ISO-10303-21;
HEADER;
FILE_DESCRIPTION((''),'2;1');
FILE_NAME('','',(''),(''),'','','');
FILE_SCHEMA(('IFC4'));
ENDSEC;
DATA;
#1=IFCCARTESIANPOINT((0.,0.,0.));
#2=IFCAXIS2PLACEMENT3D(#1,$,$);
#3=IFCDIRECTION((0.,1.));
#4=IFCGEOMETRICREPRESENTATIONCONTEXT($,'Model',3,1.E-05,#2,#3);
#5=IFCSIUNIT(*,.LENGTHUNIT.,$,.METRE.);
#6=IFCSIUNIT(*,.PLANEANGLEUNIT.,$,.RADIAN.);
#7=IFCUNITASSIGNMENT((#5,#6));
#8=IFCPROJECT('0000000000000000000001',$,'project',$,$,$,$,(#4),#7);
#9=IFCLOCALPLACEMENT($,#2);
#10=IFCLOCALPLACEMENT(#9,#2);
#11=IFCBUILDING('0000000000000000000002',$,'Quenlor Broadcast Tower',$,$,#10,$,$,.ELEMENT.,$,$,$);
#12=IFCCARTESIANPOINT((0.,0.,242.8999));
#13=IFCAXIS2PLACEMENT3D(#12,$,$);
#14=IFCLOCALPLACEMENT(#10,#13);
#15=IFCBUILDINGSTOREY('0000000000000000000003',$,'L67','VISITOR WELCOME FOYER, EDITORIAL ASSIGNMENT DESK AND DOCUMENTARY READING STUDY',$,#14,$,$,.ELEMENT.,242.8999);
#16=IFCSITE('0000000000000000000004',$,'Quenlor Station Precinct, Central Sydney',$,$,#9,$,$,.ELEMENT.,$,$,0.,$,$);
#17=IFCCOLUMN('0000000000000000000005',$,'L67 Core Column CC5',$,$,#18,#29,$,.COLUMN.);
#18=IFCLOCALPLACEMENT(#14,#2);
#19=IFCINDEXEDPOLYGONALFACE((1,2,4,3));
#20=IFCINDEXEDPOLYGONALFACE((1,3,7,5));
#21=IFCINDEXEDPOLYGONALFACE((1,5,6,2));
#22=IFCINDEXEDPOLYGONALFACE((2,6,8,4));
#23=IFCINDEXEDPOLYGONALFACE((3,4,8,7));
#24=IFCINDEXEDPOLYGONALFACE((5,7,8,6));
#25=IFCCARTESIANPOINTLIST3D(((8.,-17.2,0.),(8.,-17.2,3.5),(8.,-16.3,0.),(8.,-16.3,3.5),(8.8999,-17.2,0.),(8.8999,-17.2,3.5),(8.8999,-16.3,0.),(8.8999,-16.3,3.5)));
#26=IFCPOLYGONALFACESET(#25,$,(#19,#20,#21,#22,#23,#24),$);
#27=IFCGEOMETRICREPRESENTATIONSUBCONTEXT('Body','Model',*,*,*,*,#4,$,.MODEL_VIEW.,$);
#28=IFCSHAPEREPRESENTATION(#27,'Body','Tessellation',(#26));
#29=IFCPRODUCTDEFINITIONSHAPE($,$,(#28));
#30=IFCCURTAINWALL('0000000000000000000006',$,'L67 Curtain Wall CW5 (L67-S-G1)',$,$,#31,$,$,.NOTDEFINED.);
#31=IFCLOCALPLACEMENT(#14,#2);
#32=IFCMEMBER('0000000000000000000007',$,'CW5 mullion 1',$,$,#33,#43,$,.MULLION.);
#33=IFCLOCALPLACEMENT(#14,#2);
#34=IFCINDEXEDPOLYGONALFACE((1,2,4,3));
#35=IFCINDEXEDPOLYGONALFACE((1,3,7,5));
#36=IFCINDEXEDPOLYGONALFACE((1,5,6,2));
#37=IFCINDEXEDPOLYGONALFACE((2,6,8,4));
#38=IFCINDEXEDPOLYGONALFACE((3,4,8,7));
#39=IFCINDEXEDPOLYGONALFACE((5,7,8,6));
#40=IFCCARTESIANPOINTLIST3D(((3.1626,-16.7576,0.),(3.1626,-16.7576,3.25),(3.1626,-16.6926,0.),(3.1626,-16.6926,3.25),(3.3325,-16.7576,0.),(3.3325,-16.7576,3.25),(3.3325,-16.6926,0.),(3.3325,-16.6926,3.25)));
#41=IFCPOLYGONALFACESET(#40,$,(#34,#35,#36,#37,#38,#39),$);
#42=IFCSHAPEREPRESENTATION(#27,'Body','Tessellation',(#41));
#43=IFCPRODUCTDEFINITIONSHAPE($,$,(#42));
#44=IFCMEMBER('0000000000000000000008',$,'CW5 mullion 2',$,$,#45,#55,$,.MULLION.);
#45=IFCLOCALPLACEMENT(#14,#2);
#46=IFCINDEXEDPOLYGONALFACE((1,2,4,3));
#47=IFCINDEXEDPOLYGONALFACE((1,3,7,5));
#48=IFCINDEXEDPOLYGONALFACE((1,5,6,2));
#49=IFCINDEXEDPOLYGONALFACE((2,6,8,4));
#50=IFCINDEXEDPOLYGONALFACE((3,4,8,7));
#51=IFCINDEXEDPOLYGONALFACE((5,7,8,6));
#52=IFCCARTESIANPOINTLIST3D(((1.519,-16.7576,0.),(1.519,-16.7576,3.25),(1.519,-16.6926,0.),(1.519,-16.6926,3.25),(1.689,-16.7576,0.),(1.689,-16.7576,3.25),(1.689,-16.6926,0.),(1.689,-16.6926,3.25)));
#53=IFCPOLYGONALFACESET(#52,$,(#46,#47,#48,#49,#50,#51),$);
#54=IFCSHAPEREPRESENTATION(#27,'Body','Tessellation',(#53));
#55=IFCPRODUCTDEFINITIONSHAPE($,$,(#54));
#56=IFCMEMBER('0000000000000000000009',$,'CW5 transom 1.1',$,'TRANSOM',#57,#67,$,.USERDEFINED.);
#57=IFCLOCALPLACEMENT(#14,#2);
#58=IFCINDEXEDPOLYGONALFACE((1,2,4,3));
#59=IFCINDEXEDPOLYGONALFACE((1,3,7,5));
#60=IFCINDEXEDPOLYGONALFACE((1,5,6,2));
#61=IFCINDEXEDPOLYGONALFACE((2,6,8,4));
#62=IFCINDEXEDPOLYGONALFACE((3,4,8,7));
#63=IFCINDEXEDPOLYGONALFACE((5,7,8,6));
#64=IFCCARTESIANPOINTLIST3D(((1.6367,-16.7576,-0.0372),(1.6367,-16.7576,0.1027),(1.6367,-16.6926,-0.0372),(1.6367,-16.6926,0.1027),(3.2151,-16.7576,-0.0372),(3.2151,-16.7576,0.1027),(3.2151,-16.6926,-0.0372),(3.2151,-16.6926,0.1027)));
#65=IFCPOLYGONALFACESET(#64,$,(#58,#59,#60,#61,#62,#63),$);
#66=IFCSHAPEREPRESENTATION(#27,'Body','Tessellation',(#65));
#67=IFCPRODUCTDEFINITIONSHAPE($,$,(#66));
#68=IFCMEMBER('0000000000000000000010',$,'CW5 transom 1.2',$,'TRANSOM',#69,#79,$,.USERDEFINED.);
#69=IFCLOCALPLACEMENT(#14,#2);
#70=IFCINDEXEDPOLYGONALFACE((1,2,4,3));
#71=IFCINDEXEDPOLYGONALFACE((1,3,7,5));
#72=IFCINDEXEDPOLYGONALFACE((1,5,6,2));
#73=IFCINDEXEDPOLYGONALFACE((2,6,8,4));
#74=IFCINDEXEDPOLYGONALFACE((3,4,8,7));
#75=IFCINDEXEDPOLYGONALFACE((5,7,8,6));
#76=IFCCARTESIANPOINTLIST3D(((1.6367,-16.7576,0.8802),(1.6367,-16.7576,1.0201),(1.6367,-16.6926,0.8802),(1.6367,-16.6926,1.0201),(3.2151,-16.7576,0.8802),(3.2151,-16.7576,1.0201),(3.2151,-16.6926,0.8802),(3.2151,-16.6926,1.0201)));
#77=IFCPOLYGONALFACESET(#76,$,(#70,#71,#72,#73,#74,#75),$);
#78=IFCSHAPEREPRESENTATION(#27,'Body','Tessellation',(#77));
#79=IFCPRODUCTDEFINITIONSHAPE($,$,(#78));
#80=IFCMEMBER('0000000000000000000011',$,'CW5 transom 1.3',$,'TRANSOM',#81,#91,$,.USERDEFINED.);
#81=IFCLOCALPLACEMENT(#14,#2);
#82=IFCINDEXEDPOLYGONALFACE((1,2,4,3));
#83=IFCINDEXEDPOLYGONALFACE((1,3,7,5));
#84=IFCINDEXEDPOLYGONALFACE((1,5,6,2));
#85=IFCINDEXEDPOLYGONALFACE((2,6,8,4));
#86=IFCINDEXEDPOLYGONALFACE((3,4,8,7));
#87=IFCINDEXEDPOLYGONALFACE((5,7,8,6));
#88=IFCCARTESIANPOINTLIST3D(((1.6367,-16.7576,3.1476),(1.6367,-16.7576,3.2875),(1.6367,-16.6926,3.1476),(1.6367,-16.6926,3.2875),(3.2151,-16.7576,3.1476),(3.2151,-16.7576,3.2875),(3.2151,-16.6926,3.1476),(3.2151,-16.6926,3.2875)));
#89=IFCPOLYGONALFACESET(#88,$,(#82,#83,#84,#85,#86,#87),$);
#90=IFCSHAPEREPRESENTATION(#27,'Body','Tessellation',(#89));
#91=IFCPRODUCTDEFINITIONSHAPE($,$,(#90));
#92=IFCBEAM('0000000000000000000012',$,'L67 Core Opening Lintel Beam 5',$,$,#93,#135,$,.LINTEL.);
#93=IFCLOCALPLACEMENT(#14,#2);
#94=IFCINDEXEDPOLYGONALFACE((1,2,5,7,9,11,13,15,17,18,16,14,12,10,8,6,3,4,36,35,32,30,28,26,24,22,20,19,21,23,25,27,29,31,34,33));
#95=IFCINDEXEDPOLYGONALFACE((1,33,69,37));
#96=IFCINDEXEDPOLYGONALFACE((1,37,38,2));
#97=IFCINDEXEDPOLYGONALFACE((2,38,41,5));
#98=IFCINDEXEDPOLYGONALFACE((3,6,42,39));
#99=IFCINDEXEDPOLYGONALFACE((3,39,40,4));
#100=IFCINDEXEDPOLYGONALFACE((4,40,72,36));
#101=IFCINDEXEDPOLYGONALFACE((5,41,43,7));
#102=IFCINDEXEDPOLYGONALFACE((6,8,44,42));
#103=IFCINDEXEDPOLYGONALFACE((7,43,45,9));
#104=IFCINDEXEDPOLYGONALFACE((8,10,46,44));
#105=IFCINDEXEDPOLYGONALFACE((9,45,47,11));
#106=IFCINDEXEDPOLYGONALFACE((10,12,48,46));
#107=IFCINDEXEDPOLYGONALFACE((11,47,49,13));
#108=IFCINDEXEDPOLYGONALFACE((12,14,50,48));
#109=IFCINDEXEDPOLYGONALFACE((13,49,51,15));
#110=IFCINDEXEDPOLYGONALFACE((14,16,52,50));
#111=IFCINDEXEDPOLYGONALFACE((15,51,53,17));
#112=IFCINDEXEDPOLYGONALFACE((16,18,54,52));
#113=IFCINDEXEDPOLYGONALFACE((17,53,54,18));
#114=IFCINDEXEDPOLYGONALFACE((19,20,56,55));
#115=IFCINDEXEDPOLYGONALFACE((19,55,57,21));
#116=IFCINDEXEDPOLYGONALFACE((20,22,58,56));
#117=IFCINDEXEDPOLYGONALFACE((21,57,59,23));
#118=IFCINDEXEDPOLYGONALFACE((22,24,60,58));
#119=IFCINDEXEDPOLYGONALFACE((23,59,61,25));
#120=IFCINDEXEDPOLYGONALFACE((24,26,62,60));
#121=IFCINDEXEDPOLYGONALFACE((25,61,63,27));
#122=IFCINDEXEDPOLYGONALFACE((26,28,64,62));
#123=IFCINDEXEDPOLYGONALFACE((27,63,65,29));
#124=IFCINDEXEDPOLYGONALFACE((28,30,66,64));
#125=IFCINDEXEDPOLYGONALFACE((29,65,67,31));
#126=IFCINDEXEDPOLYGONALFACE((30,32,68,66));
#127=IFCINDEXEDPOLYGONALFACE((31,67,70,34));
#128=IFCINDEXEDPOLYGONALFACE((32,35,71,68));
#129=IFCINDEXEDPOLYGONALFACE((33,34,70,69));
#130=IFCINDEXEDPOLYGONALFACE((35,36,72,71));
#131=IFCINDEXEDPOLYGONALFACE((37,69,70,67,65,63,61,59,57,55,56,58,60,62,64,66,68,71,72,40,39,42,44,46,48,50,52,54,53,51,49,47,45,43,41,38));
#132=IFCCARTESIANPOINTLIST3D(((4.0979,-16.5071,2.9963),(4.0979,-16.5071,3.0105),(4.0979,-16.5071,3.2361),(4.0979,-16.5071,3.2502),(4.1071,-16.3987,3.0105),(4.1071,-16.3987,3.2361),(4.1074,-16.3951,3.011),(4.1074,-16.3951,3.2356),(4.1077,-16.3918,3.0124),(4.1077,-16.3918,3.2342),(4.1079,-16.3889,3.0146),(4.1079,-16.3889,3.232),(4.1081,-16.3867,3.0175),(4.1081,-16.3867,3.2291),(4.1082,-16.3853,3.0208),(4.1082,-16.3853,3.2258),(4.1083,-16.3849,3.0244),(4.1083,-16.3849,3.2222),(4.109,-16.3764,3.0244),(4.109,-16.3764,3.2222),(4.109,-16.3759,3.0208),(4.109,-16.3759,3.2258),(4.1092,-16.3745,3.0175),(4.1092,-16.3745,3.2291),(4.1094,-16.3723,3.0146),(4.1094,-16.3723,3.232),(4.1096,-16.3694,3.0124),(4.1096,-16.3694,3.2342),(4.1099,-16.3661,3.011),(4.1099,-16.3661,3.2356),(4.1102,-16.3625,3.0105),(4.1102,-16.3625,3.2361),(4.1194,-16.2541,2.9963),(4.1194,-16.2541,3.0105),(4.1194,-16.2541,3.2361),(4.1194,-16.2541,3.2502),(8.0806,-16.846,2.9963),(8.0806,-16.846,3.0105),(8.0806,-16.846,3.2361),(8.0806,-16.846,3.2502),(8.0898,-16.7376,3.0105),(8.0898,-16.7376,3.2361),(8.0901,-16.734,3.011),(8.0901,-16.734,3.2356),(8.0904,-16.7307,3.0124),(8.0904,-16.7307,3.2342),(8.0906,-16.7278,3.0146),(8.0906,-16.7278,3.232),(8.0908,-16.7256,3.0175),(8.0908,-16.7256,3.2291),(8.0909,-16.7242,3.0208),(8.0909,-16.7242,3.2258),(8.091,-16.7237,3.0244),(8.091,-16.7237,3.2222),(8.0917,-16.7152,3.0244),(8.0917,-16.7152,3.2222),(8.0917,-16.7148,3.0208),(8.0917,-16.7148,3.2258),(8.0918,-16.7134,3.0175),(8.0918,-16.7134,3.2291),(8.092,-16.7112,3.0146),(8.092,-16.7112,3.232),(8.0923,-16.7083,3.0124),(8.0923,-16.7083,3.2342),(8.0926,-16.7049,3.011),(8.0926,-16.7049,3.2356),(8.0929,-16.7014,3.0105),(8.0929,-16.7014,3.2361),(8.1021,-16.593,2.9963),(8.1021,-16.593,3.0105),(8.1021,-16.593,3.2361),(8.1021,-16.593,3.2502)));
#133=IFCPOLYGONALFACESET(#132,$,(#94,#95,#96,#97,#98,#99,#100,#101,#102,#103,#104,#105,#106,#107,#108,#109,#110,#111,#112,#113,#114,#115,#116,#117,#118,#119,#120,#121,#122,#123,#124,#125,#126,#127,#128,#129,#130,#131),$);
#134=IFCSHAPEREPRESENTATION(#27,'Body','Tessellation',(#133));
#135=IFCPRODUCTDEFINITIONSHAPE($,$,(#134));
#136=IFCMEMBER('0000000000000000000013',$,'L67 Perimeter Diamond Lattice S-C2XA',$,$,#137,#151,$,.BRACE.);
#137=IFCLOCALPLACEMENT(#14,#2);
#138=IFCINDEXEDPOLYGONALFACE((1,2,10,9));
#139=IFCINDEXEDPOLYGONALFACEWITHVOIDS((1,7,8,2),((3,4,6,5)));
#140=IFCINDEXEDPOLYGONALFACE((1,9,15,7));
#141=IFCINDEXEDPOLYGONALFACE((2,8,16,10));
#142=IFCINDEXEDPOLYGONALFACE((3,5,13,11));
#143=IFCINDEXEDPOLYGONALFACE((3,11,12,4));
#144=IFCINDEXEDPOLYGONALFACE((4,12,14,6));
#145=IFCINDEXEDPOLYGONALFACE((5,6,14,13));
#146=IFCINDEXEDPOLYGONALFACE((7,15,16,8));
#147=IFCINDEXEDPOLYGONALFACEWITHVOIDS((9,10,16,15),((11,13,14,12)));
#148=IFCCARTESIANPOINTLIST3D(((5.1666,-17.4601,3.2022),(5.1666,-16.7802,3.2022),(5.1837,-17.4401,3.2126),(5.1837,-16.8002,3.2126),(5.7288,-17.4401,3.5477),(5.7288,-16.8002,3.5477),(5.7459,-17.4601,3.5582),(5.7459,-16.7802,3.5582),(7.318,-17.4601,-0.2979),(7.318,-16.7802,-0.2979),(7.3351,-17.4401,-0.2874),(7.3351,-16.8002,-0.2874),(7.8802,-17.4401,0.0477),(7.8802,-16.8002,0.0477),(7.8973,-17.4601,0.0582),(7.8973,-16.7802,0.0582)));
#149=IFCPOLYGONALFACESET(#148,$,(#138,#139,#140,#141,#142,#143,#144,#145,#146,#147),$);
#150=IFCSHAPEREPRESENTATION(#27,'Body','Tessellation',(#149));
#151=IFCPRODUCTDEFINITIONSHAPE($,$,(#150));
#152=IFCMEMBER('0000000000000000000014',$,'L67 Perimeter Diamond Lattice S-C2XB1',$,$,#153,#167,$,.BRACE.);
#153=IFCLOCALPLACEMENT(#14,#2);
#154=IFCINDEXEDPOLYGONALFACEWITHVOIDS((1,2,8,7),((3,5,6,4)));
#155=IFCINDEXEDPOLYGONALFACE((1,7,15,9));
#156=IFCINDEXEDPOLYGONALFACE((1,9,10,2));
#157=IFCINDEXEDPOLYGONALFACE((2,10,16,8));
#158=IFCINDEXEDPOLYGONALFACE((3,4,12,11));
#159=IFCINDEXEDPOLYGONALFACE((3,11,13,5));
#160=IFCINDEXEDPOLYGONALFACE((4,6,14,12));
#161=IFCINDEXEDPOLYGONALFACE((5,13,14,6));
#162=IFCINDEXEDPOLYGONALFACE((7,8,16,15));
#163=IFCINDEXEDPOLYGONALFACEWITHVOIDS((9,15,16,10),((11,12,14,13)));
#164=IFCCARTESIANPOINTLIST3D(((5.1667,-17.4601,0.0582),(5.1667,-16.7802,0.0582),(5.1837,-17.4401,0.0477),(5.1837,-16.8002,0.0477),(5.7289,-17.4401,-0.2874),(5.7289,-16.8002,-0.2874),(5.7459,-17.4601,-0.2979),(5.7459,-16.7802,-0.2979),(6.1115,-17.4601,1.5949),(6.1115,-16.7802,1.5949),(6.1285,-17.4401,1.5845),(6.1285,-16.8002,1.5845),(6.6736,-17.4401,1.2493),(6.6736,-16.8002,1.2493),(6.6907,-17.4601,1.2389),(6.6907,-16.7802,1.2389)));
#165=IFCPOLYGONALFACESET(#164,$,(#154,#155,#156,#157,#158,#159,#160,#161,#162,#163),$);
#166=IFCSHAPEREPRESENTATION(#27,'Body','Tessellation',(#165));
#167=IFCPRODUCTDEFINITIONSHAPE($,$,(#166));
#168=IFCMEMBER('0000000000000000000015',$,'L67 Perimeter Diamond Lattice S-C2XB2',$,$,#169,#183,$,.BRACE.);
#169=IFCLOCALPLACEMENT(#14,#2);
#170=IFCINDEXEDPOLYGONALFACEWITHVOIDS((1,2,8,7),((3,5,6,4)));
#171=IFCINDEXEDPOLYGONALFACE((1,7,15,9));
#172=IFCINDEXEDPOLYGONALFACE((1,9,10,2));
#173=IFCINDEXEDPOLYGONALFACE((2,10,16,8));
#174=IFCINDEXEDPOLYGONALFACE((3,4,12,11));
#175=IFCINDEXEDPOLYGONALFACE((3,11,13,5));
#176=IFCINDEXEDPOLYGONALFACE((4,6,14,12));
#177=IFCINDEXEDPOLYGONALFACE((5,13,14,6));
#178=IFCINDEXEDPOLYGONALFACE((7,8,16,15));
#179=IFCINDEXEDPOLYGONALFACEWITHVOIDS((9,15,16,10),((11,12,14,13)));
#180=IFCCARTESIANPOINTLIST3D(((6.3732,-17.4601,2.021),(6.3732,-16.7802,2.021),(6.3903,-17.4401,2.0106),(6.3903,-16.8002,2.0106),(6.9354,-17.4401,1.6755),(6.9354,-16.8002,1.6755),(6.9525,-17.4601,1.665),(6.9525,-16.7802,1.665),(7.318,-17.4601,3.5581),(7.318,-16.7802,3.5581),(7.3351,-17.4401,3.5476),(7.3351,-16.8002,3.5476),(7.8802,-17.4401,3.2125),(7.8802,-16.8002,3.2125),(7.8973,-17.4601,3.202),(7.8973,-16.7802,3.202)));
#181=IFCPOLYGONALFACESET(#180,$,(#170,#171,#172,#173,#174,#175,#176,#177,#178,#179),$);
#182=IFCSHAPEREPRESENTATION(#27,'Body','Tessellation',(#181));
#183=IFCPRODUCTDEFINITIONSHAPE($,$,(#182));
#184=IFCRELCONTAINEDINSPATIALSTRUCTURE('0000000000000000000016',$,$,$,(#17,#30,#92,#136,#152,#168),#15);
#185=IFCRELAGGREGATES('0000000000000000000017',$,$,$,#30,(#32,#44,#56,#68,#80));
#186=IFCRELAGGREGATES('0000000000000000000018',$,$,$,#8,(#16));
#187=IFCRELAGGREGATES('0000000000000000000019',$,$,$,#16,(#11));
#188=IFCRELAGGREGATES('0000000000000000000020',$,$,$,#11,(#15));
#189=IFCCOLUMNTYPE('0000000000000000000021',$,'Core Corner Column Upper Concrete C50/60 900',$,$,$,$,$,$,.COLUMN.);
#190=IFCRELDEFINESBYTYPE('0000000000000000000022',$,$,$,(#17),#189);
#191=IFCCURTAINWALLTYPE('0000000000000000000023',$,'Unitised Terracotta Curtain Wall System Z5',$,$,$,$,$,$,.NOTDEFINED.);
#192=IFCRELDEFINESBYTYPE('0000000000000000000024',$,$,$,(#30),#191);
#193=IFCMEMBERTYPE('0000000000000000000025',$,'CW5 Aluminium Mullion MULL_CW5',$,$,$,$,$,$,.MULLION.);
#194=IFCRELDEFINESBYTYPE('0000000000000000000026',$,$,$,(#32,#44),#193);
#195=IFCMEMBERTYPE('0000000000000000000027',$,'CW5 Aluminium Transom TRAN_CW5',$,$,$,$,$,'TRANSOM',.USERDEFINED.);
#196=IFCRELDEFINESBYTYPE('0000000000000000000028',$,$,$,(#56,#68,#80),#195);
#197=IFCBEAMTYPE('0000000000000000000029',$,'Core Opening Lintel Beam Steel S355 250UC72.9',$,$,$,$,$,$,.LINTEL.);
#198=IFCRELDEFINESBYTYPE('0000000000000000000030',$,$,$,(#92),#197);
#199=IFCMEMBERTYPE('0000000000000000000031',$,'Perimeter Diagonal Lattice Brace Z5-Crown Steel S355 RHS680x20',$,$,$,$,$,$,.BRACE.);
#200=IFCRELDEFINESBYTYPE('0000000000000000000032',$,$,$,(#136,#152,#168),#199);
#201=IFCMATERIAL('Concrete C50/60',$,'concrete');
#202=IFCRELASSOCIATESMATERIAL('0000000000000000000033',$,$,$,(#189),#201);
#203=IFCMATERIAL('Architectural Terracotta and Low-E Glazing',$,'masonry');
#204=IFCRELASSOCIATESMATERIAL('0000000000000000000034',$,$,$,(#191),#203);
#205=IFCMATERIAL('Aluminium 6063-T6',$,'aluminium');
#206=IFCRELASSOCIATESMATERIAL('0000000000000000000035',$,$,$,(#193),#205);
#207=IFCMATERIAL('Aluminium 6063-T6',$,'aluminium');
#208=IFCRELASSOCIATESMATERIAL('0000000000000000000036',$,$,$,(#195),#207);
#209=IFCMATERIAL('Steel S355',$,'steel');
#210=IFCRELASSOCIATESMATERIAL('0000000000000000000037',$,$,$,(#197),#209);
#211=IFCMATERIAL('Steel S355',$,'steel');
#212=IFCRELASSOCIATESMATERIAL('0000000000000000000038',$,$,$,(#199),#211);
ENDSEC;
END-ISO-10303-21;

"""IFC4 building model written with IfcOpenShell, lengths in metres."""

from ifc_helpers import new_model, si_unit, direction, frame, origin, origin_2d, place, context, subcontext, project, spatial, rectangle, hollow_rectangle, i_section, extrude, material, material_profile, profile_set, type_object, element, aggregate, save


model = new_model("IFC4")

# Units and contexts
model_context = context("Model", 3, precision=1e-05, world=origin(), true_north=direction((0.0, 1.0)))
body_context = subcontext(model_context, "Body", "Model", "MODEL_VIEW")
ifc_project = project(units=[si_unit("LENGTHUNIT", "METRE"), si_unit("PLANEANGLEUNIT", "RADIAN")], contexts=[model_context])

# Site, building, storey
site_placement = place(None, origin())
site = spatial("IfcSite", under=ifc_project, at=site_placement, Name="Quenlor Station Precinct, Central Sydney", CompositionType="ELEMENT", RefElevation=0.0)
building_placement = place(site_placement, origin())
building = spatial("IfcBuilding", under=site, at=building_placement, Name="Quenlor Broadcast Tower", CompositionType="ELEMENT")
storey_placement = place(building_placement, frame((0.0, 0.0, 242.8999)))
storey = spatial("IfcBuildingStorey", under=building, at=storey_placement, Name="L67", Description="VISITOR WELCOME FOYER, EDITORIAL ASSIGNMENT DESK AND DOCUMENTARY READING STUDY", CompositionType="ELEMENT", Elevation=242.8999)

# Column
ifc_material_1 = material(Name="Concrete C50/60", Category="concrete")
ifc_material_profile_1 = material_profile(ifc_material_1, rectangle(XDim=0.8999, YDim=0.8999, at=origin_2d()))
ifc_profile_set_1 = profile_set([ifc_material_profile_1], Name="Concrete C50/60 RC900x900")
column_type = type_object("IfcColumnType", Name="Core Corner Column Upper Concrete C50/60 900", PredefinedType="COLUMN", material=ifc_profile_set_1)
column_placement = place(storey_placement, frame((8.45, -16.75, 0.0), z_axis=(0.0, 0.0, 1.0), x_axis=(1.0, 0.0, 0.0)))
element("IfcColumn", 1, at=column_placement, inside=storey, type_object=column_type, Name="L67 Core Column CC5", PredefinedType="COLUMN", context=body_context, shape_type="SweptSolid", body=[
    extrude(rectangle(XDim=0.8999, YDim=0.8999, at=origin_2d()), origin(), (0.0, 0.0, 1.0), 3.5),
])

# Curtain wall, members
ifc_material_2 = material(Name="Architectural Terracotta and Low-E Glazing", Category="masonry")
curtain_wall_type = type_object("IfcCurtainWallType", Name="Unitised Terracotta Curtain Wall System Z5", PredefinedType="NOTDEFINED", material=ifc_material_2)
curtain_wall_placement = place(storey_placement, origin())
curtain_wall = element("IfcCurtainWall", 2, at=curtain_wall_placement, inside=storey, type_object=curtain_wall_type, Name="L67 Curtain Wall CW5 (L67-S-G1)", PredefinedType="NOTDEFINED")
ifc_material_3 = material(Name="Aluminium 6063-T6", Category="aluminium")
ifc_material_profile_2 = material_profile(ifc_material_3, rectangle(XDim=0.0649, YDim=0.1699, at=origin_2d()))
ifc_profile_set_2 = profile_set([ifc_material_profile_2], Name="Aluminium 6063-T6 MULL65x170")
member_type_1 = type_object("IfcMemberType", Name="CW5 Aluminium Mullion MULL_CW5", PredefinedType="MULLION", material=ifc_profile_set_2)
member_1_placement = place(storey_placement, frame((3.2476, -16.7251, 0.0), z_axis=(0.0, 0.0, 1.0), x_axis=(0.0, -1.0, 0.0)))
member_1 = element("IfcMember", 3, at=member_1_placement, type_object=member_type_1, Name="CW5 mullion 1", PredefinedType="MULLION", context=body_context, shape_type="SweptSolid", body=[
    extrude(rectangle(XDim=0.0649, YDim=0.1699, at=origin_2d()), origin(), (0.0, 0.0, 1.0), 3.25),
])
member_2_placement = place(storey_placement, frame((1.604, -16.7251, 0.0), z_axis=(0.0, 0.0, 1.0), x_axis=(0.0, -1.0, 0.0)))
member_2 = element("IfcMember", 4, at=member_2_placement, type_object=member_type_1, Name="CW5 mullion 2", PredefinedType="MULLION", context=body_context, shape_type="SweptSolid", body=[
    extrude(rectangle(XDim=0.0649, YDim=0.1699, at=origin_2d()), origin(), (0.0, 0.0, 1.0), 3.25),
])
ifc_material_4 = material(Name="Aluminium 6063-T6", Category="aluminium")
ifc_material_profile_3 = material_profile(ifc_material_4, rectangle(XDim=0.0649, YDim=0.1399, at=origin_2d()))
ifc_profile_set_3 = profile_set([ifc_material_profile_3], Name="Aluminium 6063-T6 TRAN65x140")
member_type_2 = type_object("IfcMemberType", Name="CW5 Aluminium Transom TRAN_CW5", ElementType="TRANSOM", PredefinedType="USERDEFINED", material=ifc_profile_set_3)
member_3_placement = place(storey_placement, frame((3.2151, -16.7251, 0.0327), z_axis=(-1.0, 0.0, 0.0), x_axis=(0.0, -1.0, 0.0)))
member_3 = element("IfcMember", 5, at=member_3_placement, type_object=member_type_2, Name="CW5 transom 1.1", ObjectType="TRANSOM", PredefinedType="USERDEFINED", context=body_context, shape_type="SweptSolid", body=[
    extrude(rectangle(XDim=0.0649, YDim=0.1399, at=origin_2d()), origin(), (0.0, 0.0, 1.0), 1.5784),
])
member_4_placement = place(storey_placement, frame((3.2151, -16.7251, 0.9502), z_axis=(-1.0, 0.0, 0.0), x_axis=(0.0, -1.0, 0.0)))
member_4 = element("IfcMember", 6, at=member_4_placement, type_object=member_type_2, Name="CW5 transom 1.2", ObjectType="TRANSOM", PredefinedType="USERDEFINED", context=body_context, shape_type="SweptSolid", body=[
    extrude(rectangle(XDim=0.0649, YDim=0.1399, at=origin_2d()), origin(), (0.0, 0.0, 1.0), 1.5784),
])
member_5_placement = place(storey_placement, frame((3.2151, -16.7251, 3.2175), z_axis=(-1.0, 0.0, 0.0), x_axis=(0.0, -1.0, 0.0)))
member_5 = element("IfcMember", 7, at=member_5_placement, type_object=member_type_2, Name="CW5 transom 1.3", ObjectType="TRANSOM", PredefinedType="USERDEFINED", context=body_context, shape_type="SweptSolid", body=[
    extrude(rectangle(XDim=0.0649, YDim=0.1399, at=origin_2d()), origin(), (0.0, 0.0, 1.0), 1.5784),
])

# Beam
ifc_material_5 = material(Name="Steel S355", Category="steel")
ifc_material_profile_4 = material_profile(ifc_material_5, i_section(OverallWidth=0.2539, OverallDepth=0.2539, WebThickness=0.0085, FlangeThickness=0.0142, FilletRadius=0.0139, at=origin_2d()))
ifc_profile_set_4 = profile_set([ifc_material_profile_4], Name="Steel S355 250UC72.9")
beam_type = type_object("IfcBeamType", Name="Core Opening Lintel Beam Steel S355 250UC72.9", PredefinedType="LINTEL", material=ifc_profile_set_4)
beam_placement = place(storey_placement, frame((4.1086, -16.3806, 3.1233), z_axis=(0.9964, -0.084779, 0.0), x_axis=(0.084779, 0.9964, 0.0)))
element("IfcBeam", 8, at=beam_placement, inside=storey, type_object=beam_type, Name="L67 Core Opening Lintel Beam 5", PredefinedType="LINTEL", context=body_context, shape_type="SweptSolid", body=[
    extrude(i_section(OverallWidth=0.2539, OverallDepth=0.2539, WebThickness=0.0085, FlangeThickness=0.0142, FilletRadius=0.0139, at=origin_2d()), origin(), (0.0, 0.0, 1.0), 3.9971),
])

# Members
ifc_material_6 = material(Name="Steel S355", Category="steel")
ifc_material_profile_5 = material_profile(ifc_material_6, hollow_rectangle(XDim=0.6799, YDim=0.6799, WallThickness=0.02, at=origin_2d()))
ifc_profile_set_5 = profile_set([ifc_material_profile_5], Name="Steel S355 RHS680x680x20")
member_type_3 = type_object("IfcMemberType", Name="Perimeter Diagonal Lattice Brace Z5-Crown Steel S355 RHS680x20", PredefinedType="BRACE", material=ifc_profile_set_5)
member_6_placement = place(storey_placement, frame((7.6077, -17.1201, -0.1199), z_axis=(-0.52366, 0.0, 0.851928), x_axis=(0.0, -1.0, 0.0)))
element("IfcMember", 9, at=member_6_placement, inside=storey, type_object=member_type_3, Name="L67 Perimeter Diamond Lattice S-C2XA", PredefinedType="BRACE", context=body_context, shape_type="SweptSolid", body=[
    extrude(hollow_rectangle(XDim=0.6799, YDim=0.6799, WallThickness=0.02, at=origin_2d()), origin(), (0.0, 0.0, 1.0), 4.1084),
])
member_7_placement = place(storey_placement, frame((5.4563, -17.1201, -0.1199), z_axis=(0.52372, 0.0, 0.851891), x_axis=(0.0, 1.0, 0.0)))
element("IfcMember", 10, at=member_7_placement, inside=storey, type_object=member_type_3, Name="L67 Perimeter Diamond Lattice S-C2XB1", PredefinedType="BRACE", context=body_context, shape_type="SweptSolid", body=[
    extrude(hollow_rectangle(XDim=0.6799, YDim=0.6799, WallThickness=0.02, at=origin_2d()), origin(), (0.0, 0.0, 1.0), 1.804),
])
member_8_placement = place(storey_placement, frame((6.6628, -17.1201, 1.843), z_axis=(0.523659, 0.0, 0.851928), x_axis=(0.0, 1.0, 0.0)))
element("IfcMember", 11, at=member_8_placement, inside=storey, type_object=member_type_3, Name="L67 Perimeter Diamond Lattice S-C2XB2", PredefinedType="BRACE", context=body_context, shape_type="SweptSolid", body=[
    extrude(hollow_rectangle(XDim=0.6799, YDim=0.6799, WallThickness=0.02, at=origin_2d()), origin(), (0.0, 0.0, 1.0), 1.8042),
])

aggregate(curtain_wall, [member_1, member_2, member_3, member_4, member_5])

save(model, "model.ifc")
